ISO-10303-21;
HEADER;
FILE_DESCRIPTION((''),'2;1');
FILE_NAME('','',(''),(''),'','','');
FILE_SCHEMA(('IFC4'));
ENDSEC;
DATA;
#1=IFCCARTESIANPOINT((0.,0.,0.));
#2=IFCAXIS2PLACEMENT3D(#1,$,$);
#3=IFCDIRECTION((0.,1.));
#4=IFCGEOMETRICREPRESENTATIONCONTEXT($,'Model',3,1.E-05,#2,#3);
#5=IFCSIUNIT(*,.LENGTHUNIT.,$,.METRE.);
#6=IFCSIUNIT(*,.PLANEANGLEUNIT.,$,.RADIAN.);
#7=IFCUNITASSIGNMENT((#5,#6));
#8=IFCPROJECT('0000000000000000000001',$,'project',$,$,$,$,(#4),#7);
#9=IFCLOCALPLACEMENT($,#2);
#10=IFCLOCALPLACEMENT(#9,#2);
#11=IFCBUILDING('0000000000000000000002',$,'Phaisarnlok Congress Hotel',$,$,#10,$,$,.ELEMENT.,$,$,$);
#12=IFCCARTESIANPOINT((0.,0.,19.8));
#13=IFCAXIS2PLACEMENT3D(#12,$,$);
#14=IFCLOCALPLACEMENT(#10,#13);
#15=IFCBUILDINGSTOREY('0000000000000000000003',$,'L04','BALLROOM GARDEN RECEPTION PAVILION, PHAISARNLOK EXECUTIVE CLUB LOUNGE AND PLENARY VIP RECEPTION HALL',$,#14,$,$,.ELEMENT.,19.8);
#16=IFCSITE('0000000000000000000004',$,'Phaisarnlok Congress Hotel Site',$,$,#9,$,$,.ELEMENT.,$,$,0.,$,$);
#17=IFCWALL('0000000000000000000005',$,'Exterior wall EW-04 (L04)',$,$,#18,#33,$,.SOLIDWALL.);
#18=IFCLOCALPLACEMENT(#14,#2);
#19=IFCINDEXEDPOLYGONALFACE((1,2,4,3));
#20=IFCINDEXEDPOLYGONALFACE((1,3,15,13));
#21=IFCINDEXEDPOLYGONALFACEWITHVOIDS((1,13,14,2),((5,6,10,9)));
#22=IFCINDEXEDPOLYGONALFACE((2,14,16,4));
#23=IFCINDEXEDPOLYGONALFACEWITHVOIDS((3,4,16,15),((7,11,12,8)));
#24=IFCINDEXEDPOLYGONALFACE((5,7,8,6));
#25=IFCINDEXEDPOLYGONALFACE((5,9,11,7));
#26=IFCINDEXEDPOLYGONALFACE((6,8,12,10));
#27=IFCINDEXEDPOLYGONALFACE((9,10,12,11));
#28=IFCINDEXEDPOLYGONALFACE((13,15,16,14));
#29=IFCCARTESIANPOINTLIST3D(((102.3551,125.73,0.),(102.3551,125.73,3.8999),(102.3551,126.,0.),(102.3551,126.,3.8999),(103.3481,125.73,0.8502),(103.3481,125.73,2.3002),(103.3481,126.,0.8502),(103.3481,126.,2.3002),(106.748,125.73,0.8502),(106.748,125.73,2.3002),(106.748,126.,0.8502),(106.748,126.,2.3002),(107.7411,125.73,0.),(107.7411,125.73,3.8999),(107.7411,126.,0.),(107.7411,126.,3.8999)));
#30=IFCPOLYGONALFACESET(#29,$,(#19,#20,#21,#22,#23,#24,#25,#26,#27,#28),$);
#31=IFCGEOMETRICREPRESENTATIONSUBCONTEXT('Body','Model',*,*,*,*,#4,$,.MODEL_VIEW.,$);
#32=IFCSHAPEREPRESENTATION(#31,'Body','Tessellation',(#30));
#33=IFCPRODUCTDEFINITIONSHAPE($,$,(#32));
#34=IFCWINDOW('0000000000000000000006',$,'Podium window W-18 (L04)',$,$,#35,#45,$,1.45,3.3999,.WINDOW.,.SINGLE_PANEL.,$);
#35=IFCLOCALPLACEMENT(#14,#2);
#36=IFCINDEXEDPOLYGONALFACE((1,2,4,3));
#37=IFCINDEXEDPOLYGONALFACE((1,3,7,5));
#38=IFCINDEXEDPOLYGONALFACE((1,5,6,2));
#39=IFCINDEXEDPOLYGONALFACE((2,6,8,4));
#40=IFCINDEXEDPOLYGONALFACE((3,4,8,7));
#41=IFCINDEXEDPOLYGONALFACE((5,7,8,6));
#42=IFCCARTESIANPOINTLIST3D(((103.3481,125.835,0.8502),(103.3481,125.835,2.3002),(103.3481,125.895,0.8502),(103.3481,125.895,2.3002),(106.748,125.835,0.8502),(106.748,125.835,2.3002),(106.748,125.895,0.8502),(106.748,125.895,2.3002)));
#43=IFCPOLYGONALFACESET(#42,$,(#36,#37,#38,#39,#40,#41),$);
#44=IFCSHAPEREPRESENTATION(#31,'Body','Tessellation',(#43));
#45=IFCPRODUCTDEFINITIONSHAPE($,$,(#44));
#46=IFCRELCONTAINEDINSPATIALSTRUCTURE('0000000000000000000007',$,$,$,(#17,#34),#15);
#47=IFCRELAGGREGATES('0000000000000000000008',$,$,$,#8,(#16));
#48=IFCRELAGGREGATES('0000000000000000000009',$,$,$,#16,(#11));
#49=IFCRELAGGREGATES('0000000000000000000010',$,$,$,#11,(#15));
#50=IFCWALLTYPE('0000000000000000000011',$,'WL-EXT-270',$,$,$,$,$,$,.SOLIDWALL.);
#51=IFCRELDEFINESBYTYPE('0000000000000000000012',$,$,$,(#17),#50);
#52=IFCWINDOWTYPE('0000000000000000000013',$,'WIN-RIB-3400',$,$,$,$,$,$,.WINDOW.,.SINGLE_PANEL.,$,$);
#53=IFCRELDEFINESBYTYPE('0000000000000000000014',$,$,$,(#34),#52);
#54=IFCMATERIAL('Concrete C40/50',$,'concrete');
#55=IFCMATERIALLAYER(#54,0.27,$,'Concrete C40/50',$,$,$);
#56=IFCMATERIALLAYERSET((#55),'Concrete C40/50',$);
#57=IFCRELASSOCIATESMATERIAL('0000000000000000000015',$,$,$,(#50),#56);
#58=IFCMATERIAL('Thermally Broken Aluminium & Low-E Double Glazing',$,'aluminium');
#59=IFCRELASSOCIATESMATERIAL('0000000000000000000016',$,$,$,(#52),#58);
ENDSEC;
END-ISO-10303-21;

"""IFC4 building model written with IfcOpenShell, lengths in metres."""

from ifc_helpers import new_model, si_unit, direction, frame, frame_2d, origin, place, context, subcontext, project, spatial, rectangle, extrude, material, layer, layer_set, type_object, element, fill, save


model = new_model("IFC4")

# Units and contexts
model_context = context("Model", 3, precision=1e-05, world=origin(), true_north=direction((0.0, 1.0)))
body_context = subcontext(model_context, "Body", "Model", "MODEL_VIEW")
ifc_project = project(units=[si_unit("LENGTHUNIT", "METRE"), si_unit("PLANEANGLEUNIT", "RADIAN")], contexts=[model_context])

# Site, building, storey
site_placement = place(None, origin())
site = spatial("IfcSite", under=ifc_project, at=site_placement, Name="Phaisarnlok Congress Hotel Site", CompositionType="ELEMENT", RefElevation=0.0)
building_placement = place(site_placement, origin())
building = spatial("IfcBuilding", under=site, at=building_placement, Name="Phaisarnlok Congress Hotel", CompositionType="ELEMENT")
storey_placement = place(building_placement, frame((0.0, 0.0, 19.8)))
storey = spatial("IfcBuildingStorey", under=building, at=storey_placement, Name="L04", Description="BALLROOM GARDEN RECEPTION PAVILION, PHAISARNLOK EXECUTIVE CLUB LOUNGE AND PLENARY VIP RECEPTION HALL", CompositionType="ELEMENT", Elevation=19.8)

# Shared definitions
ifc_material_1 = material(Name="Concrete C40/50", Category="concrete")

# Wall, opening, window
ifc_layer_1 = layer(ifc_material_1, 0.27, Name="Concrete C40/50")
ifc_layer_set_1 = layer_set([ifc_layer_1], Name="Concrete C40/50")
wall_type = type_object("IfcWallType", Name="WL-EXT-270", PredefinedType="SOLIDWALL", material=ifc_layer_set_1)
wall_placement = place(storey_placement, frame((107.741, 125.865, 0.0), z_axis=(0.0, 0.0, 1.0), x_axis=(-1.0, 0.0, 0.0)))
wall = element("IfcWall", 1, at=wall_placement, inside=storey, type_object=wall_type, Name="Exterior wall EW-04 (L04)", PredefinedType="SOLIDWALL", context=body_context, shape_type="SweptSolid", body=[
    extrude(rectangle(XDim=5.386, YDim=0.27, at=frame_2d((2.6929, 0.0))), origin(), (0.0, 0.0, 1.0), 3.8999),
])
opening_placement = place(wall_placement, frame((0.9929, 0.0, 0.8501)))
opening = element("IfcOpeningElement", 2, at=opening_placement, cuts=wall, PredefinedType="OPENING", context=body_context, shape_type="SweptSolid", body=[
    extrude(rectangle(XDim=3.3999, YDim=1.45, at=frame_2d((1.7, 0.7251))), frame((0.0, 0.145, 0.0), z_axis=(0.0, -1.0, 0.0), x_axis=(1.0, 0.0, 0.0)), (0.0, 0.0, 1.0), 0.29),
])
ifc_material_2 = material(Name="Thermally Broken Aluminium & Low-E Double Glazing", Category="aluminium")
window_type = type_object("IfcWindowType", Name="WIN-RIB-3400", PartitioningType="SINGLE_PANEL", PredefinedType="WINDOW", material=ifc_material_2)
window_placement = place(opening_placement, origin())
window = element("IfcWindow", 3, at=window_placement, inside=storey, type_object=window_type, Name="Podium window W-18 (L04)", OverallHeight=1.45, OverallWidth=3.3999, PartitioningType="SINGLE_PANEL", PredefinedType="WINDOW", context=body_context, shape_type="SweptSolid", body=[
    extrude(rectangle(XDim=3.3999, YDim=1.45, at=frame_2d((1.7, 0.7251))), frame((0.0, 0.03, 0.0), z_axis=(0.0, -1.0, 0.0), x_axis=(1.0, 0.0, 0.0)), (0.0, 0.0, 1.0), 0.0601),
])
fill(opening, window)

save(model, "model.ifc")
